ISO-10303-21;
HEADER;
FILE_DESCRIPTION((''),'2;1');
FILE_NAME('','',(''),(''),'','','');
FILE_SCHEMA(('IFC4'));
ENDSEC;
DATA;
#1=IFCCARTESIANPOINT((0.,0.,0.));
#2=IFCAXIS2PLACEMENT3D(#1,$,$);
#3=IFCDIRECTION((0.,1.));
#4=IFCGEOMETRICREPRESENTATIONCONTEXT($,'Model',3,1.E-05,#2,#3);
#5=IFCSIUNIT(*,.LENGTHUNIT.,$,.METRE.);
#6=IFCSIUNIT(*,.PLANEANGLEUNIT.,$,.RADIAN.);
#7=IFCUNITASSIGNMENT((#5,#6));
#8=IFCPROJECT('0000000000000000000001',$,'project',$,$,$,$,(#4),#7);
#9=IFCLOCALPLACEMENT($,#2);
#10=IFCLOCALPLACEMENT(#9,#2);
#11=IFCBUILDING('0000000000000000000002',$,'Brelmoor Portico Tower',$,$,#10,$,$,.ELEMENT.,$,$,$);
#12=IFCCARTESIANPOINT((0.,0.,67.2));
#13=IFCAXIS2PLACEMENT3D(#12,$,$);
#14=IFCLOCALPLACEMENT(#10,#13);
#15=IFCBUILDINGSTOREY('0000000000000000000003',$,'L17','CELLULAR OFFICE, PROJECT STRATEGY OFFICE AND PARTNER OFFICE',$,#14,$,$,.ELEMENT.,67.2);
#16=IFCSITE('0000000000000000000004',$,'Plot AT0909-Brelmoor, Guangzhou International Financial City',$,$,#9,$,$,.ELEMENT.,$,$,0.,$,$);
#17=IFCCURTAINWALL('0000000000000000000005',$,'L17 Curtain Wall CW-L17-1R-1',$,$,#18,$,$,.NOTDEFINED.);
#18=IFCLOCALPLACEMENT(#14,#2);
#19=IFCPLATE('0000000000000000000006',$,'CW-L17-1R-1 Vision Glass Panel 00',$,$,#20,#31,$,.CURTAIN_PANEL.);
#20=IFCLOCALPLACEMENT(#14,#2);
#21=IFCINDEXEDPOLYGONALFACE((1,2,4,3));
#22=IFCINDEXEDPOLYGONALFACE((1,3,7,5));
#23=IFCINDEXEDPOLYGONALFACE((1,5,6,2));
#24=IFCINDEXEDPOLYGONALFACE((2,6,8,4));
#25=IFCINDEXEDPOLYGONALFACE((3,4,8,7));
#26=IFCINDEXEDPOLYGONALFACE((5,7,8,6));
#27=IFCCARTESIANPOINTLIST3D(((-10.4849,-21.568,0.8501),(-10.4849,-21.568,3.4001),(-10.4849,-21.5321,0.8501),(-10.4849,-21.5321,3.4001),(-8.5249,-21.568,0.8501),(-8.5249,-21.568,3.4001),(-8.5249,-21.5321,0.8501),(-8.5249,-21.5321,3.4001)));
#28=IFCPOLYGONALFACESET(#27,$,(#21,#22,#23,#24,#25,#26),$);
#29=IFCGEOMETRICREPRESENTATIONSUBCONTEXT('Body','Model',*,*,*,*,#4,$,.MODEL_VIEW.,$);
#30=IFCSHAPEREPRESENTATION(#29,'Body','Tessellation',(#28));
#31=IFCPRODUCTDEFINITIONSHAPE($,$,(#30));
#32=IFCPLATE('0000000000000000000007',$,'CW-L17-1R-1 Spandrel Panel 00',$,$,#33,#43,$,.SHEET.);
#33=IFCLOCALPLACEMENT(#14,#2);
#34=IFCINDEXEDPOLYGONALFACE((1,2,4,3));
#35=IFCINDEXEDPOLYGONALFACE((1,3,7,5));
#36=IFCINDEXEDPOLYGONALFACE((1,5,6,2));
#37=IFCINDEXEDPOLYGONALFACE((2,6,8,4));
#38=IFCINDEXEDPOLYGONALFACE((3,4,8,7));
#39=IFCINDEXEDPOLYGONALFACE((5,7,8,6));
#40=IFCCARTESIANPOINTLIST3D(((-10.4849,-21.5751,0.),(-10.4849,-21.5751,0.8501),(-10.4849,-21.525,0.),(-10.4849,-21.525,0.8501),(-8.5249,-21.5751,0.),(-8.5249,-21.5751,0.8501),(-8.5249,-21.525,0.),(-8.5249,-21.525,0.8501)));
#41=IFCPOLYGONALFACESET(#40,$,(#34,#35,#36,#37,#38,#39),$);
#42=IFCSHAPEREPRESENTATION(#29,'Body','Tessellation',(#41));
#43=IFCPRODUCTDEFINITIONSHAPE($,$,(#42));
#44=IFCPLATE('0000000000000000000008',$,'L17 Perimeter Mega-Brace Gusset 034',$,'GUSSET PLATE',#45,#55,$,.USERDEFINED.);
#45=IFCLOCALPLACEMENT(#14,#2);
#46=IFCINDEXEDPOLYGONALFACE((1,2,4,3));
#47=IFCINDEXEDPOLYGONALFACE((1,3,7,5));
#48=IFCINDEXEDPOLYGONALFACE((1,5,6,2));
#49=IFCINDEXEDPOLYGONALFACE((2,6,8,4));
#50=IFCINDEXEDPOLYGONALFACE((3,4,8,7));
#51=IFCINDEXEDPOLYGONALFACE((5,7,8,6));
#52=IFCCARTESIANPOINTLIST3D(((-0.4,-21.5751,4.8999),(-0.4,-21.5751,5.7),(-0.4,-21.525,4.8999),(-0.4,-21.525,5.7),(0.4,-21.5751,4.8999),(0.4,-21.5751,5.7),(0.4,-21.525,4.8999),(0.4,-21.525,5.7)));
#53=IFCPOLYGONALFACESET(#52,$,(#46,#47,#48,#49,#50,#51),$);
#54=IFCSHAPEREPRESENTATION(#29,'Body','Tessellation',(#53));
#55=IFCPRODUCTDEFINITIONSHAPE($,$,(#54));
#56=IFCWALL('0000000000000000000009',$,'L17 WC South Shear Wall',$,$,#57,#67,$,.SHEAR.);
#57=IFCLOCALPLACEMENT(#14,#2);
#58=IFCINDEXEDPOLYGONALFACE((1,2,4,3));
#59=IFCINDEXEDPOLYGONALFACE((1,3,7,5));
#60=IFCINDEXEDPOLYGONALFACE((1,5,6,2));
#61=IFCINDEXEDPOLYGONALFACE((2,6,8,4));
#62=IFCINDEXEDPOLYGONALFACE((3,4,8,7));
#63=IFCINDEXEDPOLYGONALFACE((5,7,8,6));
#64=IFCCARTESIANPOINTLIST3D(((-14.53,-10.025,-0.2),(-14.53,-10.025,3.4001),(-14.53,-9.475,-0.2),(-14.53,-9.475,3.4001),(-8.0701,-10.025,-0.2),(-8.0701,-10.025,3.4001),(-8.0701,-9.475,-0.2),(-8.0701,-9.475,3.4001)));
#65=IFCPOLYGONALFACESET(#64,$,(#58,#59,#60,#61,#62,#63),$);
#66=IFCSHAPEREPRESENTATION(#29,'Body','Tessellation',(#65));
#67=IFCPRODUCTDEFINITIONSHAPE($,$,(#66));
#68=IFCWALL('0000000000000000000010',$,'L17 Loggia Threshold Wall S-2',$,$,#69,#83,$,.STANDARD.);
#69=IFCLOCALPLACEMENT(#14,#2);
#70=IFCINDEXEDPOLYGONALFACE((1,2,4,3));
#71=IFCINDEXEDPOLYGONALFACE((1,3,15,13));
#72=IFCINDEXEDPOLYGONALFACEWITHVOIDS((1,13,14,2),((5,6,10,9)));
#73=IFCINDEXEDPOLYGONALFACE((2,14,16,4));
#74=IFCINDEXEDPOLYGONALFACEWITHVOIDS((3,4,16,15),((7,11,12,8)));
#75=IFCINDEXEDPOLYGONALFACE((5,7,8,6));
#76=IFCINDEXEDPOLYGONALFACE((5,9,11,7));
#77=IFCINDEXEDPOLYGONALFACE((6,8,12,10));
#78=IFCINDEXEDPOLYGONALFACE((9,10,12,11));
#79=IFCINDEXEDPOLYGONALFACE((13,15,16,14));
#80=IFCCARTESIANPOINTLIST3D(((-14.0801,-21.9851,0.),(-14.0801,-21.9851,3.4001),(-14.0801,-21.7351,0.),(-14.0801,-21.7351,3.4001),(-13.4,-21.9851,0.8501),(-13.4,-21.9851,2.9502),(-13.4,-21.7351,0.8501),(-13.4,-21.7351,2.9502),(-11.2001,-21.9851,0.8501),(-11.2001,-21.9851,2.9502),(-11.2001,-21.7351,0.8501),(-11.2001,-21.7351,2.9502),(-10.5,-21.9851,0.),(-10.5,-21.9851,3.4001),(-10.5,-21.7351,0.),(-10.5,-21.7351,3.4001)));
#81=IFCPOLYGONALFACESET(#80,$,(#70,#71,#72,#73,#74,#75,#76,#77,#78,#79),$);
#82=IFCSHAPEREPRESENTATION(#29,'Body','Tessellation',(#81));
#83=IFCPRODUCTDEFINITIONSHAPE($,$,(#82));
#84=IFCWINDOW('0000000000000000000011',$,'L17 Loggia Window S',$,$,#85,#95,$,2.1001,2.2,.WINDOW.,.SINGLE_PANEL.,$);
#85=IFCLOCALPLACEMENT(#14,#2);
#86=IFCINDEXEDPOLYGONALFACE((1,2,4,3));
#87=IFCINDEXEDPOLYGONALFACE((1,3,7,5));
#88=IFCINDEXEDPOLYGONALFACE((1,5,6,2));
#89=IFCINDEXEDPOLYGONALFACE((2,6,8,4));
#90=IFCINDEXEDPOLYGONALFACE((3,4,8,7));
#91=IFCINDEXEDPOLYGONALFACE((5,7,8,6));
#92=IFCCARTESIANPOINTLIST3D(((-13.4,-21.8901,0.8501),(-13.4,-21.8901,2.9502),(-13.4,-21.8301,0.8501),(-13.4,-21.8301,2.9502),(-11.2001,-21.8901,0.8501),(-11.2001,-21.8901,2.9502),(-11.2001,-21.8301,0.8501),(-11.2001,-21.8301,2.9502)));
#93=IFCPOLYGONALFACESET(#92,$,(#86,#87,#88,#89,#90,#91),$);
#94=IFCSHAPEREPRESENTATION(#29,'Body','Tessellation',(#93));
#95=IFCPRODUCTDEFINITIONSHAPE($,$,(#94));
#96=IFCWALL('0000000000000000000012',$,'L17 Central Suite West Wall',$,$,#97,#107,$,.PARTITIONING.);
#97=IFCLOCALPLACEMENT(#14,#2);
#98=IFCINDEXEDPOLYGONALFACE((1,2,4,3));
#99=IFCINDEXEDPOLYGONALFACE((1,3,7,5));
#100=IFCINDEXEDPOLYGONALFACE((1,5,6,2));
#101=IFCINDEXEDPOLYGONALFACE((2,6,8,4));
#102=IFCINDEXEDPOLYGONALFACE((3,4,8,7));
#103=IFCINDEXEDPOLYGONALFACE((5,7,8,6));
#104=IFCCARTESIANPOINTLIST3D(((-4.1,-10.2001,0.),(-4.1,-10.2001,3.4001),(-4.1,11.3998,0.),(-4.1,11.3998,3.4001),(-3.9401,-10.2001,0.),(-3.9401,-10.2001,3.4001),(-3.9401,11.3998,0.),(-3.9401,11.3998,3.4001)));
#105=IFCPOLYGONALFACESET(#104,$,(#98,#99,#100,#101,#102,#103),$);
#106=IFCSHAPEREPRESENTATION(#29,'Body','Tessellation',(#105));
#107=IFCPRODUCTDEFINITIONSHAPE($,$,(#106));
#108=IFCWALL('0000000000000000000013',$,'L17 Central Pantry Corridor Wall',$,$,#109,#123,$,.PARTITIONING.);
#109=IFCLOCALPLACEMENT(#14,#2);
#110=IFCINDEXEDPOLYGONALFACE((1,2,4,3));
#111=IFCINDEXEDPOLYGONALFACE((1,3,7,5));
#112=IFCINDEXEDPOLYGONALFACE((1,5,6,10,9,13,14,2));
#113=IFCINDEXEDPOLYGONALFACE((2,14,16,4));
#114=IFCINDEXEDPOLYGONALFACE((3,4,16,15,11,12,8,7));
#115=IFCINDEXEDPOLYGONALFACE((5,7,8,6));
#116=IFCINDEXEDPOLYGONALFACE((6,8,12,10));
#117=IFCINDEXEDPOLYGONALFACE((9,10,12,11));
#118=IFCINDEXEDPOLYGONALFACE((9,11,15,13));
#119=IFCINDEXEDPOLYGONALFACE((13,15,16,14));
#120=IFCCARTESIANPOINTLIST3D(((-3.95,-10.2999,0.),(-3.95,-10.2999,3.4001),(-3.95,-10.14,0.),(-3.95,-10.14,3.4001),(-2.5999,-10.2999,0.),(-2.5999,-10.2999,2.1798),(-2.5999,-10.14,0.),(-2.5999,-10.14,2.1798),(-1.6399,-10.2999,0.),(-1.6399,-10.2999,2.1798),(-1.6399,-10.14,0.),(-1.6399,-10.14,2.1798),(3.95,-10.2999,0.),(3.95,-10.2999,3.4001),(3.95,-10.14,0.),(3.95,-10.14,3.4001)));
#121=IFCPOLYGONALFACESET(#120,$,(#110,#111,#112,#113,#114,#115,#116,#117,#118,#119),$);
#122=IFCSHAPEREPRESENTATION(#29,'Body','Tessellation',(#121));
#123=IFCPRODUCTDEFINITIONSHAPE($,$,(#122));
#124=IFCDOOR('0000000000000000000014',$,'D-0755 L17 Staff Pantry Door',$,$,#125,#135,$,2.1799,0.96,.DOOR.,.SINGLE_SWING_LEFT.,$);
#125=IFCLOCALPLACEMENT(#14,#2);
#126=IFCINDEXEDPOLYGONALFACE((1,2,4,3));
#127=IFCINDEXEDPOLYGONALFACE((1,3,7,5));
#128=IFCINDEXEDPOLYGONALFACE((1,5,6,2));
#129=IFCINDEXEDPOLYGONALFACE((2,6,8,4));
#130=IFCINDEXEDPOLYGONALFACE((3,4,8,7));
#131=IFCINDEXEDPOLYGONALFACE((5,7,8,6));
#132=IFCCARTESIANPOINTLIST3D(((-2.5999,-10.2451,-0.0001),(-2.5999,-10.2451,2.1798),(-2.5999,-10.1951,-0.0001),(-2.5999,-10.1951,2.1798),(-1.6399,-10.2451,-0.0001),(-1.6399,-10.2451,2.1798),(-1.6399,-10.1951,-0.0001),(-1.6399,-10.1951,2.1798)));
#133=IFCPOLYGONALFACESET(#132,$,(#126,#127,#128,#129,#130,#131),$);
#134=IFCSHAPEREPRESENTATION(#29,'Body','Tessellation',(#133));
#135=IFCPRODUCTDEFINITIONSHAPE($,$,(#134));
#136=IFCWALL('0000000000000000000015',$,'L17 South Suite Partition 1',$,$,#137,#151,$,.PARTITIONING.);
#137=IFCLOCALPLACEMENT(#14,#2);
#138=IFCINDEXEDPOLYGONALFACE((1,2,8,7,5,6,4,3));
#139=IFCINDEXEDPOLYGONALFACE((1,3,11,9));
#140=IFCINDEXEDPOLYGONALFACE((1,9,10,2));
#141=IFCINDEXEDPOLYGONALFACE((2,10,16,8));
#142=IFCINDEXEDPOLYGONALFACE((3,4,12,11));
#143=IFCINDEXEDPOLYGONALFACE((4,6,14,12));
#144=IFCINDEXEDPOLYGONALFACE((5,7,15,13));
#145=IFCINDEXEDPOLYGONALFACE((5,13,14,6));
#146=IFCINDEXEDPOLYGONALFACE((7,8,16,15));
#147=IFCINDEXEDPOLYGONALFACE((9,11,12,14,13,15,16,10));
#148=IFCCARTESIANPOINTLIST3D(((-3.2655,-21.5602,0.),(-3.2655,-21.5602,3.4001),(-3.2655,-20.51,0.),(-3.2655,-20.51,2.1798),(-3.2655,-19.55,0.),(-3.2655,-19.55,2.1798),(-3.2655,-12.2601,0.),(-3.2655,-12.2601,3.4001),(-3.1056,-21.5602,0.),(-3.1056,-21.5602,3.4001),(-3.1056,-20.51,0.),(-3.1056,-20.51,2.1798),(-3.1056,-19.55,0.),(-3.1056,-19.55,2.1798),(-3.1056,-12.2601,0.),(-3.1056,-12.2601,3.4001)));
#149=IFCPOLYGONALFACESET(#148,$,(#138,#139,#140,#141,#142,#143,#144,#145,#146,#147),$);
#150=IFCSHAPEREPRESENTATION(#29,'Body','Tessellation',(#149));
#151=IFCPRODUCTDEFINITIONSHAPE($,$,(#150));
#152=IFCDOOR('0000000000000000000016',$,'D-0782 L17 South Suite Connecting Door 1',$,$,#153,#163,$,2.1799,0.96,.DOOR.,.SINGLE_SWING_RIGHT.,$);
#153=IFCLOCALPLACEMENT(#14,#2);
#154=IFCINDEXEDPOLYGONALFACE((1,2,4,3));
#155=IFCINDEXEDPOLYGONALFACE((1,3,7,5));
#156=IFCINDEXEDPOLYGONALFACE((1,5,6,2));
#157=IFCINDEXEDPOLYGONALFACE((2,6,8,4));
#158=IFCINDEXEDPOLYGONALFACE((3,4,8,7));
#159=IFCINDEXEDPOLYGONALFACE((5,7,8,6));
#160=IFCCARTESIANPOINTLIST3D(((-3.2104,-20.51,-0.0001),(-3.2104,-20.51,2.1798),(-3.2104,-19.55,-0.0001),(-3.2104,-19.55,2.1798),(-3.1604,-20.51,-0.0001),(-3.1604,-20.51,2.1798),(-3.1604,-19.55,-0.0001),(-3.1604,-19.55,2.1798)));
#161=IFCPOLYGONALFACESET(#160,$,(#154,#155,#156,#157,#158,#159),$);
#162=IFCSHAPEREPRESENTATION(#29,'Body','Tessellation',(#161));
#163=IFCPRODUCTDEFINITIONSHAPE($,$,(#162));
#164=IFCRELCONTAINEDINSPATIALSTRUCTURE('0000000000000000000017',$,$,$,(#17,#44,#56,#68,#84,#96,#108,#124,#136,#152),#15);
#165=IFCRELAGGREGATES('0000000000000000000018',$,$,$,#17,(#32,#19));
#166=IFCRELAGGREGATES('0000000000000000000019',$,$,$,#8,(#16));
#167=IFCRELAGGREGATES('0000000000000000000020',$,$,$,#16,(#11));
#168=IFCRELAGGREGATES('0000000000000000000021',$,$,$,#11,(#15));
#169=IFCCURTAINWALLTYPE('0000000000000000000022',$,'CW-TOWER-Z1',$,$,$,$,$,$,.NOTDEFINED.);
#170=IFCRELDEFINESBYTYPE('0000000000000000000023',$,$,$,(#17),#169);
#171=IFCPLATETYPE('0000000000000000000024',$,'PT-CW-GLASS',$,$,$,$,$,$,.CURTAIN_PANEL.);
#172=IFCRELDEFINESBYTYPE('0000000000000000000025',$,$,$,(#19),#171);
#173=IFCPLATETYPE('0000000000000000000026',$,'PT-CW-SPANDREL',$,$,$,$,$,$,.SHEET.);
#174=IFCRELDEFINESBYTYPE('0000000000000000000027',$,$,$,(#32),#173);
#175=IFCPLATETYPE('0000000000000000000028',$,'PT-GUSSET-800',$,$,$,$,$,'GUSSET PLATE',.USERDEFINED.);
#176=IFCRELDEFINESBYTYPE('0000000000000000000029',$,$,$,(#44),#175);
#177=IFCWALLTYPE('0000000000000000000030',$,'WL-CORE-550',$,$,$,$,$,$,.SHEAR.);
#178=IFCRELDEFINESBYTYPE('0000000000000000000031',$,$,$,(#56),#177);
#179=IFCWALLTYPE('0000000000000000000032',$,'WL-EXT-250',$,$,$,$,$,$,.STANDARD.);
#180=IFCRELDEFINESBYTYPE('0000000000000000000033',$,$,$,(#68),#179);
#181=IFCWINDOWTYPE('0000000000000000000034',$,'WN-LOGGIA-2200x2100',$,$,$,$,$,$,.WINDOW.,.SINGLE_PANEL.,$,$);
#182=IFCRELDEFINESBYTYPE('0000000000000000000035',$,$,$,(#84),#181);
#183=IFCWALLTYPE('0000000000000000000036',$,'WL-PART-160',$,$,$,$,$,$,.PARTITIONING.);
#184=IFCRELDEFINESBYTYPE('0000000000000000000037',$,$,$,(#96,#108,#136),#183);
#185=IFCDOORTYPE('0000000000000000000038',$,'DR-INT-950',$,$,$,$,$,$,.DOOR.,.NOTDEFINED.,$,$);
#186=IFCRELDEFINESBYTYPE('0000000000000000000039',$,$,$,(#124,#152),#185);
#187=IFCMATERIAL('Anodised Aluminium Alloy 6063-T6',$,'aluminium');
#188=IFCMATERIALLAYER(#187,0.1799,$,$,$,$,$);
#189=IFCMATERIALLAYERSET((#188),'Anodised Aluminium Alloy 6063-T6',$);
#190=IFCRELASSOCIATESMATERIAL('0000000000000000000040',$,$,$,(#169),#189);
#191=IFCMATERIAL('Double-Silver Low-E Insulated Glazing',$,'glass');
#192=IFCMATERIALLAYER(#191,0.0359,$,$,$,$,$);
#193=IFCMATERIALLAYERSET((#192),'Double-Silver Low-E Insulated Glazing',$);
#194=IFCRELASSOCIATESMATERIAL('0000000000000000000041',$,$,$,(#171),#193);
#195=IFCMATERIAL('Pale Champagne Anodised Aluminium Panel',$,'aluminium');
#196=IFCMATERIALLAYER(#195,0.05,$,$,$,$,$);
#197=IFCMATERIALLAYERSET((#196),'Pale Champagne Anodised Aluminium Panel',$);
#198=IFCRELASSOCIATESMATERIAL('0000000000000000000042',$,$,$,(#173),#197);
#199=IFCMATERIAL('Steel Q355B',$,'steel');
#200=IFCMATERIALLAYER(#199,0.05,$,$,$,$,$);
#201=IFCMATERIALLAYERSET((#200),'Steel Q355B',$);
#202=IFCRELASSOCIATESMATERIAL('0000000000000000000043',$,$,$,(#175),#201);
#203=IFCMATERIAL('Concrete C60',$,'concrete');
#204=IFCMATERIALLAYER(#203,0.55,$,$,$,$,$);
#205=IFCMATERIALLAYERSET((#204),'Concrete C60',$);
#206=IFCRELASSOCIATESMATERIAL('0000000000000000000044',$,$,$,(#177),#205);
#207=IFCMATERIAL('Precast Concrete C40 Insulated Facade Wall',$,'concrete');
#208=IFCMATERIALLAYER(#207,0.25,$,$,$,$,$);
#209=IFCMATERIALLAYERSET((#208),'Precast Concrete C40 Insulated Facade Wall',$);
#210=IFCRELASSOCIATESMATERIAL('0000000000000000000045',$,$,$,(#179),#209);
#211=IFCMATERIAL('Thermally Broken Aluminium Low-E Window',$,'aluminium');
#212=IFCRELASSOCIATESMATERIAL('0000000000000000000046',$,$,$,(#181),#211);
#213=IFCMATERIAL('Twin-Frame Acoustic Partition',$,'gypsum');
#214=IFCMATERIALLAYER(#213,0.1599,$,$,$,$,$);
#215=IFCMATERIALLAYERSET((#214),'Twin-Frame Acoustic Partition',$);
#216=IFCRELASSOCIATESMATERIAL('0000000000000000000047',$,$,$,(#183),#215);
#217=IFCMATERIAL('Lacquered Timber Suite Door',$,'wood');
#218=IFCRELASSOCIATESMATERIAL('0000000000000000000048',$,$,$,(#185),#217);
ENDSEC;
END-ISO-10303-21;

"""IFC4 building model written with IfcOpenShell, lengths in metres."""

from ifc_helpers import new_model, si_unit, direction, frame, frame_2d, origin, origin_2d, place, context, subcontext, project, spatial, rectangle, extrude, material, layer, layer_set, type_object, element, fill, aggregate, save


model = new_model("IFC4")

# Units and contexts
model_context = context("Model", 3, precision=1e-05, world=origin(), true_north=direction((0.0, 1.0)))
body_context = subcontext(model_context, "Body", "Model", "MODEL_VIEW")
ifc_project = project(units=[si_unit("LENGTHUNIT", "METRE"), si_unit("PLANEANGLEUNIT", "RADIAN")], contexts=[model_context])

# Site, building, storey
site_placement = place(None, origin())
site = spatial("IfcSite", under=ifc_project, at=site_placement, Name="Plot AT0909-Brelmoor, Guangzhou International Financial City", CompositionType="ELEMENT", RefElevation=0.0)
building_placement = place(site_placement, origin())
building = spatial("IfcBuilding", under=site, at=building_placement, Name="Brelmoor Portico Tower", CompositionType="ELEMENT")
storey_placement = place(building_placement, frame((0.0, 0.0, 67.2)))
storey = spatial("IfcBuildingStorey", under=building, at=storey_placement, Name="L17", Description="CELLULAR OFFICE, PROJECT STRATEGY OFFICE AND PARTNER OFFICE", CompositionType="ELEMENT", Elevation=67.2)

# Shared definitions
ifc_material_1 = material(Name="Steel Q355B", Category="steel")

# Curtain wall
ifc_material_2 = material(Name="Anodised Aluminium Alloy 6063-T6", Category="aluminium")
ifc_layer_1 = layer(ifc_material_2, 0.1799)
ifc_layer_set_1 = layer_set([ifc_layer_1], Name="Anodised Aluminium Alloy 6063-T6")
curtain_wall_type_1 = type_object("IfcCurtainWallType", Name="CW-TOWER-Z1", PredefinedType="NOTDEFINED", material=ifc_layer_set_1)
curtain_wall_1_placement = place(storey_placement, origin())
curtain_wall_1 = element("IfcCurtainWall", 1, at=curtain_wall_1_placement, inside=storey, type_object=curtain_wall_type_1, Name="L17 Curtain Wall CW-L17-1R-1", PredefinedType="NOTDEFINED")

# Plates
ifc_material_3 = material(Name="Double-Silver Low-E Insulated Glazing", Category="glass")
ifc_layer_2 = layer(ifc_material_3, 0.0359)
ifc_layer_set_2 = layer_set([ifc_layer_2], Name="Double-Silver Low-E Insulated Glazing")
plate_type_1 = type_object("IfcPlateType", Name="PT-CW-GLASS", PredefinedType="CURTAIN_PANEL", material=ifc_layer_set_2)
plate_1_placement = place(storey_placement, frame((-9.5049, -21.55, 0.8501), z_axis=(0.0, 0.0, 1.0), x_axis=(1.0, 0.0, 0.0)))
plate_1 = element("IfcPlate", 2, at=plate_1_placement, type_object=plate_type_1, Name="CW-L17-1R-1 Vision Glass Panel 00", PredefinedType="CURTAIN_PANEL", context=body_context, shape_type="SweptSolid", body=[
    extrude(rectangle(XDim=1.96, YDim=0.0359, at=origin_2d()), origin(), (0.0, 0.0, 1.0), 2.55),
])
ifc_material_4 = material(Name="Pale Champagne Anodised Aluminium Panel", Category="aluminium")
ifc_layer_3 = layer(ifc_material_4, 0.05)
ifc_layer_set_3 = layer_set([ifc_layer_3], Name="Pale Champagne Anodised Aluminium Panel")
plate_type_2 = type_object("IfcPlateType", Name="PT-CW-SPANDREL", PredefinedType="SHEET", material=ifc_layer_set_3)
plate_2_placement = place(storey_placement, frame((-9.5049, -21.55, 0.0), z_axis=(0.0, 0.0, 1.0), x_axis=(1.0, 0.0, 0.0)))
plate_2 = element("IfcPlate", 3, at=plate_2_placement, type_object=plate_type_2, Name="CW-L17-1R-1 Spandrel Panel 00", PredefinedType="SHEET", context=body_context, shape_type="SweptSolid", body=[
    extrude(rectangle(XDim=1.96, YDim=0.05, at=origin_2d()), origin(), (0.0, 0.0, 1.0), 0.8501),
])
aggregate(curtain_wall_1, [plate_2, plate_1])
ifc_layer_4 = layer(ifc_material_1, 0.05)
ifc_layer_set_4 = layer_set([ifc_layer_4], Name="Steel Q355B")
plate_type_3 = type_object("IfcPlateType", Name="PT-GUSSET-800", ElementType="GUSSET PLATE", PredefinedType="USERDEFINED", material=ifc_layer_set_4)
plate_3_placement = place(storey_placement, frame((0.0, -21.55, 4.8999), z_axis=(0.0, 0.0, 1.0), x_axis=(1.0, 0.0, 0.0)))
element("IfcPlate", 4, at=plate_3_placement, inside=storey, type_object=plate_type_3, Name="L17 Perimeter Mega-Brace Gusset 034", ObjectType="GUSSET PLATE", PredefinedType="USERDEFINED", context=body_context, shape_type="SweptSolid", body=[
    extrude(rectangle(XDim=0.8, YDim=0.05, at=origin_2d()), origin(), (0.0, 0.0, 1.0), 0.8),
])

# Wall
ifc_material_5 = material(Name="Concrete C60", Category="concrete")
ifc_layer_5 = layer(ifc_material_5, 0.55)
ifc_layer_set_5 = layer_set([ifc_layer_5], Name="Concrete C60")
wall_type_1 = type_object("IfcWallType", Name="WL-CORE-550", PredefinedType="SHEAR", material=ifc_layer_set_5)
wall_1_placement = place(storey_placement, frame((-14.53, -9.75, -0.2), z_axis=(0.0, 0.0, 1.0), x_axis=(1.0, 0.0, 0.0)))
element("IfcWall", 5, at=wall_1_placement, inside=storey, type_object=wall_type_1, Name="L17 WC South Shear Wall", PredefinedType="SHEAR", context=body_context, shape_type="SweptSolid", body=[
    extrude(rectangle(XDim=6.46, YDim=0.55, at=frame_2d((3.23, 0.0))), origin(), (0.0, 0.0, 1.0), 3.6001),
])

# Wall, opening, window
ifc_material_6 = material(Name="Precast Concrete C40 Insulated Facade Wall", Category="concrete")
ifc_layer_6 = layer(ifc_material_6, 0.25)
ifc_layer_set_6 = layer_set([ifc_layer_6], Name="Precast Concrete C40 Insulated Facade Wall")
wall_type_2 = type_object("IfcWallType", Name="WL-EXT-250", PredefinedType="STANDARD", material=ifc_layer_set_6)
wall_2_placement = place(storey_placement, frame((-14.0801, -21.8601, 0.0), z_axis=(0.0, 0.0, 1.0), x_axis=(1.0, 0.0, 0.0)))
wall_2 = element("IfcWall", 6, at=wall_2_placement, inside=storey, type_object=wall_type_2, Name="L17 Loggia Threshold Wall S-2", PredefinedType="STANDARD", context=body_context, shape_type="SweptSolid", body=[
    extrude(rectangle(XDim=3.5801, YDim=0.25, at=frame_2d((1.79, 0.0))), origin(), (0.0, 0.0, 1.0), 3.4001),
])
opening_1_placement = place(wall_2_placement, frame((0.6799, 0.0, 0.8501)))
opening_1 = element("IfcOpeningElement", 7, at=opening_1_placement, cuts=wall_2, PredefinedType="OPENING", context=body_context, shape_type="SweptSolid", body=[
    extrude(rectangle(XDim=2.2, YDim=2.1001, at=frame_2d((1.1001, 1.05))), frame((0.0, 0.135, 0.0), z_axis=(0.0, -1.0, 0.0), x_axis=(1.0, 0.0, 0.0)), (0.0, 0.0, 1.0), 0.27),
])
ifc_material_7 = material(Name="Thermally Broken Aluminium Low-E Window", Category="aluminium")
window_type = type_object("IfcWindowType", Name="WN-LOGGIA-2200x2100", PartitioningType="SINGLE_PANEL", PredefinedType="WINDOW", material=ifc_material_7)
window_placement = place(opening_1_placement, origin())
window = element("IfcWindow", 8, at=window_placement, inside=storey, type_object=window_type, Name="L17 Loggia Window S", OverallHeight=2.1001, OverallWidth=2.2, PartitioningType="SINGLE_PANEL", PredefinedType="WINDOW", context=body_context, shape_type="SweptSolid", body=[
    extrude(rectangle(XDim=2.2, YDim=2.1001, at=frame_2d((1.1001, 1.05))), frame((0.0, 0.03, 0.0), z_axis=(0.0, -1.0, 0.0), x_axis=(1.0, 0.0, 0.0)), (0.0, 0.0, 1.0), 0.0601),
])
fill(opening_1, window)

# Wall
ifc_material_8 = material(Name="Twin-Frame Acoustic Partition", Category="gypsum")
ifc_layer_7 = layer(ifc_material_8, 0.1599)
ifc_layer_set_7 = layer_set([ifc_layer_7], Name="Twin-Frame Acoustic Partition")
wall_type_3 = type_object("IfcWallType", Name="WL-PART-160", PredefinedType="PARTITIONING", material=ifc_layer_set_7)
wall_3_placement = place(storey_placement, frame((-4.02, -10.2, 0.0), z_axis=(0.0, 0.0, 1.0), x_axis=(0.0, 1.0, 0.0)))
element("IfcWall", 9, at=wall_3_placement, inside=storey, type_object=wall_type_3, Name="L17 Central Suite West Wall", PredefinedType="PARTITIONING", context=body_context, shape_type="SweptSolid", body=[
    extrude(rectangle(XDim=21.5999, YDim=0.1599, at=frame_2d((10.7998, 0.0))), origin(), (0.0, 0.0, 1.0), 3.4001),
])

# Walls, openings, doors
wall_4_placement = place(storey_placement, frame((-3.95, -10.22, 0.0), z_axis=(0.0, 0.0, 1.0), x_axis=(1.0, 0.0, 0.0)))
wall_4 = element("IfcWall", 10, at=wall_4_placement, inside=storey, type_object=wall_type_3, Name="L17 Central Pantry Corridor Wall", PredefinedType="PARTITIONING", context=body_context, shape_type="SweptSolid", body=[
    extrude(rectangle(XDim=7.8999, YDim=0.1599, at=frame_2d((3.95, 0.0))), origin(), (0.0, 0.0, 1.0), 3.4001),
])
opening_2_placement = place(wall_4_placement, frame((1.3501, 0.0, 0.0)))
opening_2 = element("IfcOpeningElement", 11, at=opening_2_placement, cuts=wall_4, PredefinedType="OPENING", context=body_context, shape_type="SweptSolid", body=[
    extrude(rectangle(XDim=0.96, YDim=2.1799, at=frame_2d((0.48, 1.0898))), frame((0.0, 0.0898, 0.0), z_axis=(0.0, -1.0, 0.0), x_axis=(1.0, 0.0, 0.0)), (0.0, 0.0, 1.0), 0.1799),
])
ifc_material_9 = material(Name="Lacquered Timber Suite Door", Category="wood")
door_type = type_object("IfcDoorType", Name="DR-INT-950", OperationType="NOTDEFINED", PredefinedType="DOOR", material=ifc_material_9)
door_1_placement = place(opening_2_placement, origin())
door_1 = element("IfcDoor", 12, at=door_1_placement, inside=storey, type_object=door_type, Name="D-0755 L17 Staff Pantry Door", OperationType="SINGLE_SWING_LEFT", OverallHeight=2.1799, OverallWidth=0.96, PredefinedType="DOOR", context=body_context, shape_type="SweptSolid", body=[
    extrude(rectangle(XDim=0.96, YDim=2.1799, at=frame_2d((0.48, 1.0898))), frame((0.0, 0.0249, 0.0), z_axis=(0.0, -1.0, 0.0), x_axis=(1.0, 0.0, 0.0)), (0.0, 0.0, 1.0), 0.05),
])
fill(opening_2, door_1)
wall_5_placement = place(storey_placement, frame((-3.1855, -21.5601, 0.0), z_axis=(0.0, 0.0, 1.0), x_axis=(0.0, 1.0, 0.0)))
wall_5 = element("IfcWall", 13, at=wall_5_placement, inside=storey, type_object=wall_type_3, Name="L17 South Suite Partition 1", PredefinedType="PARTITIONING", context=body_context, shape_type="SweptSolid", body=[
    extrude(rectangle(XDim=9.3, YDim=0.1599, at=frame_2d((4.6499, 0.0))), origin(), (0.0, 0.0, 1.0), 3.4001),
])
opening_3_placement = place(wall_5_placement, frame((1.05, 0.0, 0.0)))
opening_3 = element("IfcOpeningElement", 14, at=opening_3_placement, cuts=wall_5, PredefinedType="OPENING", context=body_context, shape_type="SweptSolid", body=[
    extrude(rectangle(XDim=0.96, YDim=2.1799, at=frame_2d((0.48, 1.0898))), frame((0.0, 0.0898, 0.0), z_axis=(0.0, -1.0, 0.0), x_axis=(1.0, 0.0, 0.0)), (0.0, 0.0, 1.0), 0.1799),
])
door_2_placement = place(opening_3_placement, origin())
door_2 = element("IfcDoor", 15, at=door_2_placement, inside=storey, type_object=door_type, Name="D-0782 L17 South Suite Connecting Door 1", OperationType="SINGLE_SWING_RIGHT", OverallHeight=2.1799, OverallWidth=0.96, PredefinedType="DOOR", context=body_context, shape_type="SweptSolid", body=[
    extrude(rectangle(XDim=0.96, YDim=2.1799, at=frame_2d((0.48, 1.0898))), frame((0.0, 0.0249, 0.0), z_axis=(0.0, -1.0, 0.0), x_axis=(1.0, 0.0, 0.0)), (0.0, 0.0, 1.0), 0.05),
])
fill(opening_3, door_2)

save(model, "model.ifc")
